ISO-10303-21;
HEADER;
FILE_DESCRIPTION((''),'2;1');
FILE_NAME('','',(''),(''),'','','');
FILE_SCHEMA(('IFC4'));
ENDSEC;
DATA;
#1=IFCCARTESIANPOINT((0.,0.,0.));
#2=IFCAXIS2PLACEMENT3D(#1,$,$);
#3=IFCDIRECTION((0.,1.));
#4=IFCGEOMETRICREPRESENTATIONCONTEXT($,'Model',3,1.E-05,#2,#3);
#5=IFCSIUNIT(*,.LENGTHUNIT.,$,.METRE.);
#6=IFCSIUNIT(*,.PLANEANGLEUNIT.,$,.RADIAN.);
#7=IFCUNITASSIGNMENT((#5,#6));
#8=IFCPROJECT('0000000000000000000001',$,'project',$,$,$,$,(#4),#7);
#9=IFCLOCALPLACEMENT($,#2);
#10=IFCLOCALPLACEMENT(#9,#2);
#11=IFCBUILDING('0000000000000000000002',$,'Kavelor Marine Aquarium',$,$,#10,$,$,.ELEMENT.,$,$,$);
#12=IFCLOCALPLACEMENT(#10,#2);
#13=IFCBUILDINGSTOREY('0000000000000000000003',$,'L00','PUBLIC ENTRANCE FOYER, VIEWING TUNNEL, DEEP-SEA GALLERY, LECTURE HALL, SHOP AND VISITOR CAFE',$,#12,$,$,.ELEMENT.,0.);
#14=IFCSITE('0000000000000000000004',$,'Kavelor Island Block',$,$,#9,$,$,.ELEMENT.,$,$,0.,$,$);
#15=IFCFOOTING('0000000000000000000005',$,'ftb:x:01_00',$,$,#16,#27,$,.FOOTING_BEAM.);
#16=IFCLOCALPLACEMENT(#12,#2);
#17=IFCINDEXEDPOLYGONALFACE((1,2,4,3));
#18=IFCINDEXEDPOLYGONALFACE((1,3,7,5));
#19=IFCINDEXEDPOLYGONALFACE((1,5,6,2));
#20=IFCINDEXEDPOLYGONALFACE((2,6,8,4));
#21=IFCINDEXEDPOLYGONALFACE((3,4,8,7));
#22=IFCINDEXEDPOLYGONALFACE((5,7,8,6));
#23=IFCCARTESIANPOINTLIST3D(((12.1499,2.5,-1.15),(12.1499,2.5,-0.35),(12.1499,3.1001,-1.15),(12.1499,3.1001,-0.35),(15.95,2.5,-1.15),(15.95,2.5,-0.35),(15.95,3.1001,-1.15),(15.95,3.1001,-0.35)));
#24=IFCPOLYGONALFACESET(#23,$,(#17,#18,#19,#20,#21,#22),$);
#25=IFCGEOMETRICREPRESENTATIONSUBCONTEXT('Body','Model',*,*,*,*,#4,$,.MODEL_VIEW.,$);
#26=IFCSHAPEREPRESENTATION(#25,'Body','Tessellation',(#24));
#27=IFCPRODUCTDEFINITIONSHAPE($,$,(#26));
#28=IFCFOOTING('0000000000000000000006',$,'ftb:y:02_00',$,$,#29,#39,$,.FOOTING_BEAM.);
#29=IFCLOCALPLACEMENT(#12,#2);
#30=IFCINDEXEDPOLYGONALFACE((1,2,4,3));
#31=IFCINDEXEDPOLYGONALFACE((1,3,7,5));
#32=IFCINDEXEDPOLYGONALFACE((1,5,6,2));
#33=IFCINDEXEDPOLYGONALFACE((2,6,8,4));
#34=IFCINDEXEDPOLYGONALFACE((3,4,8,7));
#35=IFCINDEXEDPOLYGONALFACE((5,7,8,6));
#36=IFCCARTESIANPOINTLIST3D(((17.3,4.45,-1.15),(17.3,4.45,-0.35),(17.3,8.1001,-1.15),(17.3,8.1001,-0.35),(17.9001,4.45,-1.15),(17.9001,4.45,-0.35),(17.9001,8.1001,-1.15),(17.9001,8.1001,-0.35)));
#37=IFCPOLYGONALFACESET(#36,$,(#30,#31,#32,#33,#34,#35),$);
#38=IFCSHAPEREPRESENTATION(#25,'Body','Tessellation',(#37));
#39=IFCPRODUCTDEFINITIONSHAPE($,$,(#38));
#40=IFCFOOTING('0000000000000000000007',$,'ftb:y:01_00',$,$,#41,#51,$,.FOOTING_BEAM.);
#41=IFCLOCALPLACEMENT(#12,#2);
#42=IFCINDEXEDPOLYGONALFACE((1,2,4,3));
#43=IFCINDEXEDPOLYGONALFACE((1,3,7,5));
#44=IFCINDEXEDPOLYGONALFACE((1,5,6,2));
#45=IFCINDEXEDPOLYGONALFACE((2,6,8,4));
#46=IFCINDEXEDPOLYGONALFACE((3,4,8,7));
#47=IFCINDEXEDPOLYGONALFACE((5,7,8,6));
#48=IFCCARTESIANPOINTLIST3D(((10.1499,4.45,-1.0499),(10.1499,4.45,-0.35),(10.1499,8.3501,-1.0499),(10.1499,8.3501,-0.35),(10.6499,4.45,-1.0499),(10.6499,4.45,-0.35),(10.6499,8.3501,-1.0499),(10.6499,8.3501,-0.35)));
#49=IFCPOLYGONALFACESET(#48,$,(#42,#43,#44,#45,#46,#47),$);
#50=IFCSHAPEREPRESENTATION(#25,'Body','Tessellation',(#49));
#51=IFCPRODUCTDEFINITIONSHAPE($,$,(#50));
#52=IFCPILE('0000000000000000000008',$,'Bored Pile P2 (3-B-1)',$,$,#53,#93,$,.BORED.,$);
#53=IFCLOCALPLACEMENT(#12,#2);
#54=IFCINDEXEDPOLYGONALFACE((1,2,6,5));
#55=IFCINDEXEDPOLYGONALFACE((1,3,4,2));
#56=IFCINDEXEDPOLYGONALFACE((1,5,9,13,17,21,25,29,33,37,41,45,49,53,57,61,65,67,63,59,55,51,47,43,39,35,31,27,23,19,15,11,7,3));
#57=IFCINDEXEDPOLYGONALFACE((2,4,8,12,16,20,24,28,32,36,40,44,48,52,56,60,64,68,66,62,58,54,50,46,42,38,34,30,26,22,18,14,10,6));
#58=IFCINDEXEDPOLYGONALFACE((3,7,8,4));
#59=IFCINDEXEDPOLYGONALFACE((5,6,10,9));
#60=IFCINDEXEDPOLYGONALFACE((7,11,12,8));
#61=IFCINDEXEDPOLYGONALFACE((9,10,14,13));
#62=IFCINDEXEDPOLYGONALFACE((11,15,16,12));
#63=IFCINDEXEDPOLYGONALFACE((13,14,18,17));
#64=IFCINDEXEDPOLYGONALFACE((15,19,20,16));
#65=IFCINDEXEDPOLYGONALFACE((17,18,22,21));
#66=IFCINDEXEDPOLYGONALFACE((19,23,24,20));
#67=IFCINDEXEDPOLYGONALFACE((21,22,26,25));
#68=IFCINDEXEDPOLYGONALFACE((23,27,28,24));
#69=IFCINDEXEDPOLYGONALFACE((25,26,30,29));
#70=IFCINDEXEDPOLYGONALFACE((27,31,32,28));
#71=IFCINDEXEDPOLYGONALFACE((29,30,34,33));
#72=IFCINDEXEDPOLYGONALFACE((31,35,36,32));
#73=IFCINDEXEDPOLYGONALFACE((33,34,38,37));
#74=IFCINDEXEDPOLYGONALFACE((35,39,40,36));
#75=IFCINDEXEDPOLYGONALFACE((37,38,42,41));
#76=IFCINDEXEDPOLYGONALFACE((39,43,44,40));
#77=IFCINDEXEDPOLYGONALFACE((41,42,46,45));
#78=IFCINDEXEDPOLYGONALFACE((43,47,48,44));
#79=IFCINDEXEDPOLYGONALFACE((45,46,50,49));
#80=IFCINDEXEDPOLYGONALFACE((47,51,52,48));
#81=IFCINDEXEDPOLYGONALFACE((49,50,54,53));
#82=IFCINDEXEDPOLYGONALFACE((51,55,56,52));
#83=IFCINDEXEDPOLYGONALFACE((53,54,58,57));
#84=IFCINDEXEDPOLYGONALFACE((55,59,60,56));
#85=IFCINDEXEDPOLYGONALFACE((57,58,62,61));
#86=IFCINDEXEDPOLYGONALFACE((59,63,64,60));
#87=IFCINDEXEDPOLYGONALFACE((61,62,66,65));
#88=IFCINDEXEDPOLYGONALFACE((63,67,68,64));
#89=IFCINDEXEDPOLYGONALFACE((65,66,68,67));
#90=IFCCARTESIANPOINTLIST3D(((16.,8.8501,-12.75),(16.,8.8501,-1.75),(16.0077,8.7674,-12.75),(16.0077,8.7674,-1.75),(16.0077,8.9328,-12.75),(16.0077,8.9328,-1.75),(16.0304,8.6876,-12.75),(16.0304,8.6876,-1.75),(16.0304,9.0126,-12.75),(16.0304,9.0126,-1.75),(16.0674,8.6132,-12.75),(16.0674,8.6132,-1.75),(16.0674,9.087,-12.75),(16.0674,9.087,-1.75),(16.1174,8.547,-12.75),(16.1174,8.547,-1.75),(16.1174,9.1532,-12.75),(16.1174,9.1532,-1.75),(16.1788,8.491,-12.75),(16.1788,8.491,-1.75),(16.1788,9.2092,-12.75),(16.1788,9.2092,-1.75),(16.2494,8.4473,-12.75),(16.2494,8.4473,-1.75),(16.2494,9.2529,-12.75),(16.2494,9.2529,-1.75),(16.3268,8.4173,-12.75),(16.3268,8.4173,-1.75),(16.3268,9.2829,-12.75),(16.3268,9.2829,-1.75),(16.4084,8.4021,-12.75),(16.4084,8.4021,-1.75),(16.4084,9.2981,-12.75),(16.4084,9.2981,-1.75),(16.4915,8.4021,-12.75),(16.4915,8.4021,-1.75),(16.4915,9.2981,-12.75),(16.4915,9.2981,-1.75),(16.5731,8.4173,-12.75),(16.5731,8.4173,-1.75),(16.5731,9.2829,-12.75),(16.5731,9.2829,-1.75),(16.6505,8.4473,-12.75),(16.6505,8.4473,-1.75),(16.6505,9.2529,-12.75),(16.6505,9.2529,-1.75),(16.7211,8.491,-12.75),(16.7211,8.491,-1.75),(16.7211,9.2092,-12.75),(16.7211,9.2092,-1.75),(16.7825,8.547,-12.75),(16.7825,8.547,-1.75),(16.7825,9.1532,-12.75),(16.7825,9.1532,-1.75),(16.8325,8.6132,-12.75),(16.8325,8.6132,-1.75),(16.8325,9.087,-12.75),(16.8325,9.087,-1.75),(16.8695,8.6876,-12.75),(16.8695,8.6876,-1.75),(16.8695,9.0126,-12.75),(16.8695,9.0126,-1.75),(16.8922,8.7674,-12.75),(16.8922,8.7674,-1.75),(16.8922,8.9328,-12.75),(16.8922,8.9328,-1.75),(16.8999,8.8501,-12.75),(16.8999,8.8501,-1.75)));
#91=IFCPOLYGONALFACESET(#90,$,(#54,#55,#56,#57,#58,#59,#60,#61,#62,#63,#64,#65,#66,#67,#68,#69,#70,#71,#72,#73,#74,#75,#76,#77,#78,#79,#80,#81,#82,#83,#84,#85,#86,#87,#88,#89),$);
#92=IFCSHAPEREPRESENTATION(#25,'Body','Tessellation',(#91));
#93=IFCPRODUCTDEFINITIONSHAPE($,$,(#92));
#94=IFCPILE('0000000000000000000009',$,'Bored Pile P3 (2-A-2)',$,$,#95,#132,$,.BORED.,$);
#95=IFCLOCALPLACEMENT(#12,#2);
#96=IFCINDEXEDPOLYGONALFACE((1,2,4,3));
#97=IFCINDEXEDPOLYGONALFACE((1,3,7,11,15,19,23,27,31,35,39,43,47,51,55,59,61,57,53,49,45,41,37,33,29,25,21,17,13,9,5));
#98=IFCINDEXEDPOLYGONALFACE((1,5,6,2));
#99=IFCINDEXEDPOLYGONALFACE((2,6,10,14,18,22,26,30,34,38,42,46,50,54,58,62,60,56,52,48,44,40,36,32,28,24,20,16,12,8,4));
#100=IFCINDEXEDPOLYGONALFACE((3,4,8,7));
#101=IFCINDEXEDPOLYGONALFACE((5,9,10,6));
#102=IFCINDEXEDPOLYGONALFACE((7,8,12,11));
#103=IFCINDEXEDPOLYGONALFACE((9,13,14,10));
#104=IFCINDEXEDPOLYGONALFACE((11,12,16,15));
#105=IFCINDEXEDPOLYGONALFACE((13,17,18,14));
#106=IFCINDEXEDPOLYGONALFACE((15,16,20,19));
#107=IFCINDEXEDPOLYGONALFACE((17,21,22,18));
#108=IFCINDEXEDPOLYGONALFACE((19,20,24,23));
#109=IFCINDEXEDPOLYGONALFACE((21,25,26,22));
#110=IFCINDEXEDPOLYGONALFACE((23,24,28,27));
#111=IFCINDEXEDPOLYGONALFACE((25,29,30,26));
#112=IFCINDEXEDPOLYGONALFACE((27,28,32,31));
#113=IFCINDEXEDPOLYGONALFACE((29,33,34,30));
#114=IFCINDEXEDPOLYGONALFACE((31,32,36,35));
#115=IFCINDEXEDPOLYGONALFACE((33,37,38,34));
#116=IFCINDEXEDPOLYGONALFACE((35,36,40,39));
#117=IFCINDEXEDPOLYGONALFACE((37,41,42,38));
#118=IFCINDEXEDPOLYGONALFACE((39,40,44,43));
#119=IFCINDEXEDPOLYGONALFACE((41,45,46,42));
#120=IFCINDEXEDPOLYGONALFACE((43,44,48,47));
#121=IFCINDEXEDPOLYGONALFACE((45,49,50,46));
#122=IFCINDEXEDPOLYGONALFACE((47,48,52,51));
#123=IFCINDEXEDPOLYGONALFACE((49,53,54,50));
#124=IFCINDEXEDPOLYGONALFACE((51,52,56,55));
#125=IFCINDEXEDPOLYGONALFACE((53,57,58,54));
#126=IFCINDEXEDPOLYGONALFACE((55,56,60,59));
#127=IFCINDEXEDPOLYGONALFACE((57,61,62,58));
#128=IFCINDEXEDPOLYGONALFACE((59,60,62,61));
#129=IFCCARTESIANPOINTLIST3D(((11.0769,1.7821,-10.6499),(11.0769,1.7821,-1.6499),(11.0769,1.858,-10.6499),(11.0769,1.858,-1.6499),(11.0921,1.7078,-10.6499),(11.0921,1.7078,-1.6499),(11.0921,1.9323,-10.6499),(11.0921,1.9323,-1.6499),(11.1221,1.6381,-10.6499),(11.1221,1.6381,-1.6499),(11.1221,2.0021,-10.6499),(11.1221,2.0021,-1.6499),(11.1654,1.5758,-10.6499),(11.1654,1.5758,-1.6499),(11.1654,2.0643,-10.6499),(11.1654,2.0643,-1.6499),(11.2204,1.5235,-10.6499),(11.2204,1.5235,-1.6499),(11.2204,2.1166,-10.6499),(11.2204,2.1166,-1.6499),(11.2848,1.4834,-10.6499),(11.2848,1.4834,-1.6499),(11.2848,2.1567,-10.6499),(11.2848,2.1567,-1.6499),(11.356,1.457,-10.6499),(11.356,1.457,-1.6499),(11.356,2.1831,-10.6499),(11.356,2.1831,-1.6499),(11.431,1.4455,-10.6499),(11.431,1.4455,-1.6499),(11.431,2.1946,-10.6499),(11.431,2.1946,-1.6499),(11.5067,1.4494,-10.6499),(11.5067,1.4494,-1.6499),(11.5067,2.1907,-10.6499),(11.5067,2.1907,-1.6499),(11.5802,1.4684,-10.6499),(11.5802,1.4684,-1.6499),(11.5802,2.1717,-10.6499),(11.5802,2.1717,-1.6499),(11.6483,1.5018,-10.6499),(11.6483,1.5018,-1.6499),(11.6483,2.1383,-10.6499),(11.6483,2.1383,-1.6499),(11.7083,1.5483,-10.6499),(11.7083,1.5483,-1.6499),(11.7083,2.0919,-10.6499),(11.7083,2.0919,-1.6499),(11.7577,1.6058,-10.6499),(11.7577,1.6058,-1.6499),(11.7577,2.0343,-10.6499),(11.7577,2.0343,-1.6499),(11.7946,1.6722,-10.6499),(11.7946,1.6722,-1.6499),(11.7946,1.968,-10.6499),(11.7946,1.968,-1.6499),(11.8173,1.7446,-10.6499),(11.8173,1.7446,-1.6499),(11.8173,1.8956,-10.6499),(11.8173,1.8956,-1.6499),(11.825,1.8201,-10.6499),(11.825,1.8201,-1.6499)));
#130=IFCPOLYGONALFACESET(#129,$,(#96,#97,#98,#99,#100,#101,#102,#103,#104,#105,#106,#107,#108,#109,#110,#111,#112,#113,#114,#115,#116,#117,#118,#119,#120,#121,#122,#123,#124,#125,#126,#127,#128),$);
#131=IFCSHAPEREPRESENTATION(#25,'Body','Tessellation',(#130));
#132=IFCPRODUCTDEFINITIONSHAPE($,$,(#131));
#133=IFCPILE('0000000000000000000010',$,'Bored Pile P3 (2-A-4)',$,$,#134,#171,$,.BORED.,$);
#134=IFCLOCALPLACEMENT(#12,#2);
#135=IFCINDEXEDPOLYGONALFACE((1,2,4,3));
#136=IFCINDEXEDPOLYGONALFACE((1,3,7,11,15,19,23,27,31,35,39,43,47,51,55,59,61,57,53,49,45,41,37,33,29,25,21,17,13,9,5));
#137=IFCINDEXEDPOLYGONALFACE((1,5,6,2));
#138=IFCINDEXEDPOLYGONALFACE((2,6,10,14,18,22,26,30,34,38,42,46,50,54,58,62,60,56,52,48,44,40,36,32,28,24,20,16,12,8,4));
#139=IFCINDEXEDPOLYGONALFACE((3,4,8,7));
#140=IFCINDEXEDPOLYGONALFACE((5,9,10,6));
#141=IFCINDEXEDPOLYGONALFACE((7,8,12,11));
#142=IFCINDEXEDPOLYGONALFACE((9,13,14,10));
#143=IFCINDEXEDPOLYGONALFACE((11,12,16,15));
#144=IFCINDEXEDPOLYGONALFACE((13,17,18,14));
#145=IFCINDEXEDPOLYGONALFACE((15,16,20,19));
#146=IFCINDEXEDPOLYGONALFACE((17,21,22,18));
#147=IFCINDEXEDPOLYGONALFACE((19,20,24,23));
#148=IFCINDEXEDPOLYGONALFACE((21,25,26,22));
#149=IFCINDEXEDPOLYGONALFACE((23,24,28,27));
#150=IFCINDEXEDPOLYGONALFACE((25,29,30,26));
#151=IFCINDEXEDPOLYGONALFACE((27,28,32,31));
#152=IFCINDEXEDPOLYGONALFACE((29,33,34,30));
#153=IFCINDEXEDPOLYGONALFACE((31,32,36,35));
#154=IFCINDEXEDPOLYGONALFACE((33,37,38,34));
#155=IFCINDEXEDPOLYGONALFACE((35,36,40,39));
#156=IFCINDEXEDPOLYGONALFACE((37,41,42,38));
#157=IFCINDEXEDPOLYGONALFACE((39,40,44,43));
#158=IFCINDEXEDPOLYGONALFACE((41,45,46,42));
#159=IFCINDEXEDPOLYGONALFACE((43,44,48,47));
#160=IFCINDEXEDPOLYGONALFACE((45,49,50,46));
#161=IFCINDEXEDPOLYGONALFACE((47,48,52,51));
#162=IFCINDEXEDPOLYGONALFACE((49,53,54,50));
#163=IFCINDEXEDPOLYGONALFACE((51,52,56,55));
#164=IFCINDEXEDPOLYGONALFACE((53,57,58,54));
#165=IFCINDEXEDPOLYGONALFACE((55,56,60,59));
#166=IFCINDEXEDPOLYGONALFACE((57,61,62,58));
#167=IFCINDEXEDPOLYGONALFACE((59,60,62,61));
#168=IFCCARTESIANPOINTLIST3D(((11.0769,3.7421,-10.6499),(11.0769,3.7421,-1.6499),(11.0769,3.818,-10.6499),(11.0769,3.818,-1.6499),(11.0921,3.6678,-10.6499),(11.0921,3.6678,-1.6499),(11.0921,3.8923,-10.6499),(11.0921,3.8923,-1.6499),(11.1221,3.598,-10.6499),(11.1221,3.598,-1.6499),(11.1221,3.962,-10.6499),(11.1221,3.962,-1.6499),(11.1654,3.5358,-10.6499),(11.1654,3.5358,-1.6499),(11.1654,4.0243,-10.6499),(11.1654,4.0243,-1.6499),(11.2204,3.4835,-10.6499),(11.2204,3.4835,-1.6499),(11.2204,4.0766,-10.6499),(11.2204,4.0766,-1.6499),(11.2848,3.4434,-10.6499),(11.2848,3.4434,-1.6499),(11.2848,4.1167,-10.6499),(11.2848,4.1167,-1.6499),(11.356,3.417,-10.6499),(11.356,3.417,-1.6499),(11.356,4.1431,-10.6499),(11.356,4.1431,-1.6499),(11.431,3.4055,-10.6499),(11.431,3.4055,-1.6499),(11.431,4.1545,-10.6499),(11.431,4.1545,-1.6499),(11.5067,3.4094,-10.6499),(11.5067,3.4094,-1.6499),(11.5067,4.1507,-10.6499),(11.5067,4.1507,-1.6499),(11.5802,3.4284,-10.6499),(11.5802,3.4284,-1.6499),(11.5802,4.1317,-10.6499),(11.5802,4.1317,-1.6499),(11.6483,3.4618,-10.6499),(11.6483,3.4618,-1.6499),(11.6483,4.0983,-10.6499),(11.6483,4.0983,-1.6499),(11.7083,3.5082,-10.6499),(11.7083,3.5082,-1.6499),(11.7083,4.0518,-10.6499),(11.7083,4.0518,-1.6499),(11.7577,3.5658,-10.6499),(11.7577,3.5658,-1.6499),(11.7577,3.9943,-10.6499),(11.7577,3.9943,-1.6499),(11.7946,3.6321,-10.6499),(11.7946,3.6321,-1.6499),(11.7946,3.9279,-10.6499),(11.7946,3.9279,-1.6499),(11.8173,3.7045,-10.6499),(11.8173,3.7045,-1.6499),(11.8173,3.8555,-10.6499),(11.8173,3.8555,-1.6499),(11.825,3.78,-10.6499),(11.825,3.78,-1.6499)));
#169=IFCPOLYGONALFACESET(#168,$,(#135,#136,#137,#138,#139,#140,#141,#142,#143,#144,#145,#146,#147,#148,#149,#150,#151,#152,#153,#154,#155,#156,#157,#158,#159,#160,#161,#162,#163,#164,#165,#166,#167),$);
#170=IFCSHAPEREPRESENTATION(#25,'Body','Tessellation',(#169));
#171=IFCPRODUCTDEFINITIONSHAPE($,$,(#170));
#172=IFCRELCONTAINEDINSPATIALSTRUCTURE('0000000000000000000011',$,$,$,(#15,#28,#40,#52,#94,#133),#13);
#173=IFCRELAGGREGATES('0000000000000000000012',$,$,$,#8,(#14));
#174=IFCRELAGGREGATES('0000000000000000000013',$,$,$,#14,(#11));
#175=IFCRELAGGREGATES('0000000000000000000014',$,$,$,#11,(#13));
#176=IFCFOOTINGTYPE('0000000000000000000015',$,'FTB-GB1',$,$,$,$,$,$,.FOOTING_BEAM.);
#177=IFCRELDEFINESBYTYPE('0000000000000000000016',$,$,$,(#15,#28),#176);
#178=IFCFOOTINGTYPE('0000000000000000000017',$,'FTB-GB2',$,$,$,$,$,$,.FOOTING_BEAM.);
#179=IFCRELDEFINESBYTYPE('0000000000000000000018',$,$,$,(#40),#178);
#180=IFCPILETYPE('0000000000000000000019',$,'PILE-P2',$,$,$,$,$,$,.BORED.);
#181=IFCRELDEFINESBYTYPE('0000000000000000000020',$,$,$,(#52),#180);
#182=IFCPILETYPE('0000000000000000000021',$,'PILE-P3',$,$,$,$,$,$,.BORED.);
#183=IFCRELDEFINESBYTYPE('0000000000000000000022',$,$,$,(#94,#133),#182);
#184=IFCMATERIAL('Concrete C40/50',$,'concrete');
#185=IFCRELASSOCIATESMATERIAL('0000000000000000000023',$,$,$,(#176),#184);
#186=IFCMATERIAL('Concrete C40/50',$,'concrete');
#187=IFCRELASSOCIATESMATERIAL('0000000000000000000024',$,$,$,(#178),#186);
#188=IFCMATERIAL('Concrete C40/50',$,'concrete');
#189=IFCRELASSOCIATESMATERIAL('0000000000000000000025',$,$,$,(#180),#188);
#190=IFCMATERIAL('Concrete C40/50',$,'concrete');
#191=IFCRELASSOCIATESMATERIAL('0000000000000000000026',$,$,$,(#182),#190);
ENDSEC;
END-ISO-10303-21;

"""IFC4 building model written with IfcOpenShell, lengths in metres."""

from ifc_helpers import new_model, si_unit, direction, frame, origin, origin_2d, place, context, subcontext, project, spatial, rectangle, circle, extrude, material, material_profile, profile_set, type_object, element, save


model = new_model("IFC4")

# Units and contexts
model_context = context("Model", 3, precision=1e-05, world=origin(), true_north=direction((0.0, 1.0)))
body_context = subcontext(model_context, "Body", "Model", "MODEL_VIEW")
ifc_project = project(units=[si_unit("LENGTHUNIT", "METRE"), si_unit("PLANEANGLEUNIT", "RADIAN")], contexts=[model_context])

# Site, building, storey
site_placement = place(None, origin())
site = spatial("IfcSite", under=ifc_project, at=site_placement, Name="Kavelor Island Block", CompositionType="ELEMENT", RefElevation=0.0)
building_placement = place(site_placement, origin())
building = spatial("IfcBuilding", under=site, at=building_placement, Name="Kavelor Marine Aquarium", CompositionType="ELEMENT")
storey_placement = place(building_placement, origin())
storey = spatial("IfcBuildingStorey", under=building, at=storey_placement, Name="L00", Description="PUBLIC ENTRANCE FOYER, VIEWING TUNNEL, DEEP-SEA GALLERY, LECTURE HALL, SHOP AND VISITOR CAFE", CompositionType="ELEMENT", Elevation=0.0)

# Footings
ifc_material_1 = material(Name="Concrete C40/50", Category="concrete")
ifc_material_profile_1 = material_profile(ifc_material_1, rectangle(XDim=0.6001, YDim=0.8, at=origin_2d()), Name="GB 600x800")
ifc_profile_set_1 = profile_set([ifc_material_profile_1], Name="Concrete C40/50")
footing_type_1 = type_object("IfcFootingType", Name="FTB-GB1", PredefinedType="FOOTING_BEAM", material=ifc_profile_set_1)
footing_1_placement = place(storey_placement, frame((12.1499, 2.8, -0.75), z_axis=(1.0, 0.0, 0.0), x_axis=(0.0, 1.0, 0.0)))
element("IfcFooting", 1, at=footing_1_placement, inside=storey, type_object=footing_type_1, Name="ftb:x:01_00", PredefinedType="FOOTING_BEAM", context=body_context, shape_type="SweptSolid", body=[
    extrude(rectangle(XDim=0.6001, YDim=0.8, at=origin_2d()), origin(), (0.0, 0.0, 1.0), 3.8),
])
footing_2_placement = place(storey_placement, frame((17.6001, 4.45, -0.75), z_axis=(0.0, 1.0, 0.0), x_axis=(-1.0, 0.0, 0.0)))
element("IfcFooting", 2, at=footing_2_placement, inside=storey, type_object=footing_type_1, Name="ftb:y:02_00", PredefinedType="FOOTING_BEAM", context=body_context, shape_type="SweptSolid", body=[
    extrude(rectangle(XDim=0.6001, YDim=0.8, at=origin_2d()), origin(), (0.0, 0.0, 1.0), 3.6501),
])
ifc_material_2 = material(Name="Concrete C40/50", Category="concrete")
ifc_material_profile_2 = material_profile(ifc_material_2, rectangle(XDim=0.5, YDim=0.7, at=origin_2d()), Name="GB 500x700")
ifc_profile_set_2 = profile_set([ifc_material_profile_2], Name="Concrete C40/50")
footing_type_2 = type_object("IfcFootingType", Name="FTB-GB2", PredefinedType="FOOTING_BEAM", material=ifc_profile_set_2)
footing_3_placement = place(storey_placement, frame((10.3999, 4.45, -0.7), z_axis=(0.0, 1.0, 0.0), x_axis=(-1.0, 0.0, 0.0)))
element("IfcFooting", 3, at=footing_3_placement, inside=storey, type_object=footing_type_2, Name="ftb:y:01_00", PredefinedType="FOOTING_BEAM", context=body_context, shape_type="SweptSolid", body=[
    extrude(rectangle(XDim=0.5, YDim=0.7, at=origin_2d()), origin(), (0.0, 0.0, 1.0), 3.9001),
])

# Piles
ifc_material_3 = material(Name="Concrete C40/50", Category="concrete")
ifc_material_profile_3 = material_profile(ifc_material_3, circle(Radius=0.45, at=origin_2d()), Name="PILE D900")
ifc_profile_set_3 = profile_set([ifc_material_profile_3], Name="Concrete C40/50")
pile_type_1 = type_object("IfcPileType", Name="PILE-P2", PredefinedType="BORED", material=ifc_profile_set_3)
pile_placement = place(storey_placement, frame((16.45, 8.8501, -1.75), z_axis=(0.0, 0.0, -1.0), x_axis=(1.0, 0.0, 0.0)))
element("IfcPile", 4, at=pile_placement, inside=storey, type_object=pile_type_1, Name="Bored Pile P2 (3-B-1)", PredefinedType="BORED", context=body_context, shape_type="SweptSolid", body=[
    extrude(circle(Radius=0.45, at=origin_2d()), origin(), (0.0, 0.0, 1.0), 11.0),
])
ifc_material_4 = material(Name="Concrete C40/50", Category="concrete")
ifc_material_profile_4 = material_profile(ifc_material_4, circle(Radius=0.375, at=origin_2d()), Name="PILE D750")
ifc_profile_set_4 = profile_set([ifc_material_profile_4], Name="Concrete C40/50")
pile_type_2 = type_object("IfcPileType", Name="PILE-P3", PredefinedType="BORED", material=ifc_profile_set_4)
for number, where, z_axis, x_axis, name in (
    (5, (11.45, 1.8201, -1.6499), (0.0, 0.0, -1.0), (1.0, 0.0, 0.0), "Bored Pile P3 (2-A-2)"),
    (6, (11.45, 3.78, -1.6499), (0.0, 0.0, -1.0), (1.0, 0.0, 0.0), "Bored Pile P3 (2-A-4)"),
):
    element("IfcPile", number, at=place(storey_placement, frame(where, z_axis=z_axis, x_axis=x_axis)), inside=storey, type_object=pile_type_2, Name=name, PredefinedType="BORED", context=body_context, shape_type="SweptSolid", body=[
        extrude(circle(Radius=0.375, at=origin_2d()), origin(), (0.0, 0.0, 1.0), 9.0),
    ])

save(model, "model.ifc")
